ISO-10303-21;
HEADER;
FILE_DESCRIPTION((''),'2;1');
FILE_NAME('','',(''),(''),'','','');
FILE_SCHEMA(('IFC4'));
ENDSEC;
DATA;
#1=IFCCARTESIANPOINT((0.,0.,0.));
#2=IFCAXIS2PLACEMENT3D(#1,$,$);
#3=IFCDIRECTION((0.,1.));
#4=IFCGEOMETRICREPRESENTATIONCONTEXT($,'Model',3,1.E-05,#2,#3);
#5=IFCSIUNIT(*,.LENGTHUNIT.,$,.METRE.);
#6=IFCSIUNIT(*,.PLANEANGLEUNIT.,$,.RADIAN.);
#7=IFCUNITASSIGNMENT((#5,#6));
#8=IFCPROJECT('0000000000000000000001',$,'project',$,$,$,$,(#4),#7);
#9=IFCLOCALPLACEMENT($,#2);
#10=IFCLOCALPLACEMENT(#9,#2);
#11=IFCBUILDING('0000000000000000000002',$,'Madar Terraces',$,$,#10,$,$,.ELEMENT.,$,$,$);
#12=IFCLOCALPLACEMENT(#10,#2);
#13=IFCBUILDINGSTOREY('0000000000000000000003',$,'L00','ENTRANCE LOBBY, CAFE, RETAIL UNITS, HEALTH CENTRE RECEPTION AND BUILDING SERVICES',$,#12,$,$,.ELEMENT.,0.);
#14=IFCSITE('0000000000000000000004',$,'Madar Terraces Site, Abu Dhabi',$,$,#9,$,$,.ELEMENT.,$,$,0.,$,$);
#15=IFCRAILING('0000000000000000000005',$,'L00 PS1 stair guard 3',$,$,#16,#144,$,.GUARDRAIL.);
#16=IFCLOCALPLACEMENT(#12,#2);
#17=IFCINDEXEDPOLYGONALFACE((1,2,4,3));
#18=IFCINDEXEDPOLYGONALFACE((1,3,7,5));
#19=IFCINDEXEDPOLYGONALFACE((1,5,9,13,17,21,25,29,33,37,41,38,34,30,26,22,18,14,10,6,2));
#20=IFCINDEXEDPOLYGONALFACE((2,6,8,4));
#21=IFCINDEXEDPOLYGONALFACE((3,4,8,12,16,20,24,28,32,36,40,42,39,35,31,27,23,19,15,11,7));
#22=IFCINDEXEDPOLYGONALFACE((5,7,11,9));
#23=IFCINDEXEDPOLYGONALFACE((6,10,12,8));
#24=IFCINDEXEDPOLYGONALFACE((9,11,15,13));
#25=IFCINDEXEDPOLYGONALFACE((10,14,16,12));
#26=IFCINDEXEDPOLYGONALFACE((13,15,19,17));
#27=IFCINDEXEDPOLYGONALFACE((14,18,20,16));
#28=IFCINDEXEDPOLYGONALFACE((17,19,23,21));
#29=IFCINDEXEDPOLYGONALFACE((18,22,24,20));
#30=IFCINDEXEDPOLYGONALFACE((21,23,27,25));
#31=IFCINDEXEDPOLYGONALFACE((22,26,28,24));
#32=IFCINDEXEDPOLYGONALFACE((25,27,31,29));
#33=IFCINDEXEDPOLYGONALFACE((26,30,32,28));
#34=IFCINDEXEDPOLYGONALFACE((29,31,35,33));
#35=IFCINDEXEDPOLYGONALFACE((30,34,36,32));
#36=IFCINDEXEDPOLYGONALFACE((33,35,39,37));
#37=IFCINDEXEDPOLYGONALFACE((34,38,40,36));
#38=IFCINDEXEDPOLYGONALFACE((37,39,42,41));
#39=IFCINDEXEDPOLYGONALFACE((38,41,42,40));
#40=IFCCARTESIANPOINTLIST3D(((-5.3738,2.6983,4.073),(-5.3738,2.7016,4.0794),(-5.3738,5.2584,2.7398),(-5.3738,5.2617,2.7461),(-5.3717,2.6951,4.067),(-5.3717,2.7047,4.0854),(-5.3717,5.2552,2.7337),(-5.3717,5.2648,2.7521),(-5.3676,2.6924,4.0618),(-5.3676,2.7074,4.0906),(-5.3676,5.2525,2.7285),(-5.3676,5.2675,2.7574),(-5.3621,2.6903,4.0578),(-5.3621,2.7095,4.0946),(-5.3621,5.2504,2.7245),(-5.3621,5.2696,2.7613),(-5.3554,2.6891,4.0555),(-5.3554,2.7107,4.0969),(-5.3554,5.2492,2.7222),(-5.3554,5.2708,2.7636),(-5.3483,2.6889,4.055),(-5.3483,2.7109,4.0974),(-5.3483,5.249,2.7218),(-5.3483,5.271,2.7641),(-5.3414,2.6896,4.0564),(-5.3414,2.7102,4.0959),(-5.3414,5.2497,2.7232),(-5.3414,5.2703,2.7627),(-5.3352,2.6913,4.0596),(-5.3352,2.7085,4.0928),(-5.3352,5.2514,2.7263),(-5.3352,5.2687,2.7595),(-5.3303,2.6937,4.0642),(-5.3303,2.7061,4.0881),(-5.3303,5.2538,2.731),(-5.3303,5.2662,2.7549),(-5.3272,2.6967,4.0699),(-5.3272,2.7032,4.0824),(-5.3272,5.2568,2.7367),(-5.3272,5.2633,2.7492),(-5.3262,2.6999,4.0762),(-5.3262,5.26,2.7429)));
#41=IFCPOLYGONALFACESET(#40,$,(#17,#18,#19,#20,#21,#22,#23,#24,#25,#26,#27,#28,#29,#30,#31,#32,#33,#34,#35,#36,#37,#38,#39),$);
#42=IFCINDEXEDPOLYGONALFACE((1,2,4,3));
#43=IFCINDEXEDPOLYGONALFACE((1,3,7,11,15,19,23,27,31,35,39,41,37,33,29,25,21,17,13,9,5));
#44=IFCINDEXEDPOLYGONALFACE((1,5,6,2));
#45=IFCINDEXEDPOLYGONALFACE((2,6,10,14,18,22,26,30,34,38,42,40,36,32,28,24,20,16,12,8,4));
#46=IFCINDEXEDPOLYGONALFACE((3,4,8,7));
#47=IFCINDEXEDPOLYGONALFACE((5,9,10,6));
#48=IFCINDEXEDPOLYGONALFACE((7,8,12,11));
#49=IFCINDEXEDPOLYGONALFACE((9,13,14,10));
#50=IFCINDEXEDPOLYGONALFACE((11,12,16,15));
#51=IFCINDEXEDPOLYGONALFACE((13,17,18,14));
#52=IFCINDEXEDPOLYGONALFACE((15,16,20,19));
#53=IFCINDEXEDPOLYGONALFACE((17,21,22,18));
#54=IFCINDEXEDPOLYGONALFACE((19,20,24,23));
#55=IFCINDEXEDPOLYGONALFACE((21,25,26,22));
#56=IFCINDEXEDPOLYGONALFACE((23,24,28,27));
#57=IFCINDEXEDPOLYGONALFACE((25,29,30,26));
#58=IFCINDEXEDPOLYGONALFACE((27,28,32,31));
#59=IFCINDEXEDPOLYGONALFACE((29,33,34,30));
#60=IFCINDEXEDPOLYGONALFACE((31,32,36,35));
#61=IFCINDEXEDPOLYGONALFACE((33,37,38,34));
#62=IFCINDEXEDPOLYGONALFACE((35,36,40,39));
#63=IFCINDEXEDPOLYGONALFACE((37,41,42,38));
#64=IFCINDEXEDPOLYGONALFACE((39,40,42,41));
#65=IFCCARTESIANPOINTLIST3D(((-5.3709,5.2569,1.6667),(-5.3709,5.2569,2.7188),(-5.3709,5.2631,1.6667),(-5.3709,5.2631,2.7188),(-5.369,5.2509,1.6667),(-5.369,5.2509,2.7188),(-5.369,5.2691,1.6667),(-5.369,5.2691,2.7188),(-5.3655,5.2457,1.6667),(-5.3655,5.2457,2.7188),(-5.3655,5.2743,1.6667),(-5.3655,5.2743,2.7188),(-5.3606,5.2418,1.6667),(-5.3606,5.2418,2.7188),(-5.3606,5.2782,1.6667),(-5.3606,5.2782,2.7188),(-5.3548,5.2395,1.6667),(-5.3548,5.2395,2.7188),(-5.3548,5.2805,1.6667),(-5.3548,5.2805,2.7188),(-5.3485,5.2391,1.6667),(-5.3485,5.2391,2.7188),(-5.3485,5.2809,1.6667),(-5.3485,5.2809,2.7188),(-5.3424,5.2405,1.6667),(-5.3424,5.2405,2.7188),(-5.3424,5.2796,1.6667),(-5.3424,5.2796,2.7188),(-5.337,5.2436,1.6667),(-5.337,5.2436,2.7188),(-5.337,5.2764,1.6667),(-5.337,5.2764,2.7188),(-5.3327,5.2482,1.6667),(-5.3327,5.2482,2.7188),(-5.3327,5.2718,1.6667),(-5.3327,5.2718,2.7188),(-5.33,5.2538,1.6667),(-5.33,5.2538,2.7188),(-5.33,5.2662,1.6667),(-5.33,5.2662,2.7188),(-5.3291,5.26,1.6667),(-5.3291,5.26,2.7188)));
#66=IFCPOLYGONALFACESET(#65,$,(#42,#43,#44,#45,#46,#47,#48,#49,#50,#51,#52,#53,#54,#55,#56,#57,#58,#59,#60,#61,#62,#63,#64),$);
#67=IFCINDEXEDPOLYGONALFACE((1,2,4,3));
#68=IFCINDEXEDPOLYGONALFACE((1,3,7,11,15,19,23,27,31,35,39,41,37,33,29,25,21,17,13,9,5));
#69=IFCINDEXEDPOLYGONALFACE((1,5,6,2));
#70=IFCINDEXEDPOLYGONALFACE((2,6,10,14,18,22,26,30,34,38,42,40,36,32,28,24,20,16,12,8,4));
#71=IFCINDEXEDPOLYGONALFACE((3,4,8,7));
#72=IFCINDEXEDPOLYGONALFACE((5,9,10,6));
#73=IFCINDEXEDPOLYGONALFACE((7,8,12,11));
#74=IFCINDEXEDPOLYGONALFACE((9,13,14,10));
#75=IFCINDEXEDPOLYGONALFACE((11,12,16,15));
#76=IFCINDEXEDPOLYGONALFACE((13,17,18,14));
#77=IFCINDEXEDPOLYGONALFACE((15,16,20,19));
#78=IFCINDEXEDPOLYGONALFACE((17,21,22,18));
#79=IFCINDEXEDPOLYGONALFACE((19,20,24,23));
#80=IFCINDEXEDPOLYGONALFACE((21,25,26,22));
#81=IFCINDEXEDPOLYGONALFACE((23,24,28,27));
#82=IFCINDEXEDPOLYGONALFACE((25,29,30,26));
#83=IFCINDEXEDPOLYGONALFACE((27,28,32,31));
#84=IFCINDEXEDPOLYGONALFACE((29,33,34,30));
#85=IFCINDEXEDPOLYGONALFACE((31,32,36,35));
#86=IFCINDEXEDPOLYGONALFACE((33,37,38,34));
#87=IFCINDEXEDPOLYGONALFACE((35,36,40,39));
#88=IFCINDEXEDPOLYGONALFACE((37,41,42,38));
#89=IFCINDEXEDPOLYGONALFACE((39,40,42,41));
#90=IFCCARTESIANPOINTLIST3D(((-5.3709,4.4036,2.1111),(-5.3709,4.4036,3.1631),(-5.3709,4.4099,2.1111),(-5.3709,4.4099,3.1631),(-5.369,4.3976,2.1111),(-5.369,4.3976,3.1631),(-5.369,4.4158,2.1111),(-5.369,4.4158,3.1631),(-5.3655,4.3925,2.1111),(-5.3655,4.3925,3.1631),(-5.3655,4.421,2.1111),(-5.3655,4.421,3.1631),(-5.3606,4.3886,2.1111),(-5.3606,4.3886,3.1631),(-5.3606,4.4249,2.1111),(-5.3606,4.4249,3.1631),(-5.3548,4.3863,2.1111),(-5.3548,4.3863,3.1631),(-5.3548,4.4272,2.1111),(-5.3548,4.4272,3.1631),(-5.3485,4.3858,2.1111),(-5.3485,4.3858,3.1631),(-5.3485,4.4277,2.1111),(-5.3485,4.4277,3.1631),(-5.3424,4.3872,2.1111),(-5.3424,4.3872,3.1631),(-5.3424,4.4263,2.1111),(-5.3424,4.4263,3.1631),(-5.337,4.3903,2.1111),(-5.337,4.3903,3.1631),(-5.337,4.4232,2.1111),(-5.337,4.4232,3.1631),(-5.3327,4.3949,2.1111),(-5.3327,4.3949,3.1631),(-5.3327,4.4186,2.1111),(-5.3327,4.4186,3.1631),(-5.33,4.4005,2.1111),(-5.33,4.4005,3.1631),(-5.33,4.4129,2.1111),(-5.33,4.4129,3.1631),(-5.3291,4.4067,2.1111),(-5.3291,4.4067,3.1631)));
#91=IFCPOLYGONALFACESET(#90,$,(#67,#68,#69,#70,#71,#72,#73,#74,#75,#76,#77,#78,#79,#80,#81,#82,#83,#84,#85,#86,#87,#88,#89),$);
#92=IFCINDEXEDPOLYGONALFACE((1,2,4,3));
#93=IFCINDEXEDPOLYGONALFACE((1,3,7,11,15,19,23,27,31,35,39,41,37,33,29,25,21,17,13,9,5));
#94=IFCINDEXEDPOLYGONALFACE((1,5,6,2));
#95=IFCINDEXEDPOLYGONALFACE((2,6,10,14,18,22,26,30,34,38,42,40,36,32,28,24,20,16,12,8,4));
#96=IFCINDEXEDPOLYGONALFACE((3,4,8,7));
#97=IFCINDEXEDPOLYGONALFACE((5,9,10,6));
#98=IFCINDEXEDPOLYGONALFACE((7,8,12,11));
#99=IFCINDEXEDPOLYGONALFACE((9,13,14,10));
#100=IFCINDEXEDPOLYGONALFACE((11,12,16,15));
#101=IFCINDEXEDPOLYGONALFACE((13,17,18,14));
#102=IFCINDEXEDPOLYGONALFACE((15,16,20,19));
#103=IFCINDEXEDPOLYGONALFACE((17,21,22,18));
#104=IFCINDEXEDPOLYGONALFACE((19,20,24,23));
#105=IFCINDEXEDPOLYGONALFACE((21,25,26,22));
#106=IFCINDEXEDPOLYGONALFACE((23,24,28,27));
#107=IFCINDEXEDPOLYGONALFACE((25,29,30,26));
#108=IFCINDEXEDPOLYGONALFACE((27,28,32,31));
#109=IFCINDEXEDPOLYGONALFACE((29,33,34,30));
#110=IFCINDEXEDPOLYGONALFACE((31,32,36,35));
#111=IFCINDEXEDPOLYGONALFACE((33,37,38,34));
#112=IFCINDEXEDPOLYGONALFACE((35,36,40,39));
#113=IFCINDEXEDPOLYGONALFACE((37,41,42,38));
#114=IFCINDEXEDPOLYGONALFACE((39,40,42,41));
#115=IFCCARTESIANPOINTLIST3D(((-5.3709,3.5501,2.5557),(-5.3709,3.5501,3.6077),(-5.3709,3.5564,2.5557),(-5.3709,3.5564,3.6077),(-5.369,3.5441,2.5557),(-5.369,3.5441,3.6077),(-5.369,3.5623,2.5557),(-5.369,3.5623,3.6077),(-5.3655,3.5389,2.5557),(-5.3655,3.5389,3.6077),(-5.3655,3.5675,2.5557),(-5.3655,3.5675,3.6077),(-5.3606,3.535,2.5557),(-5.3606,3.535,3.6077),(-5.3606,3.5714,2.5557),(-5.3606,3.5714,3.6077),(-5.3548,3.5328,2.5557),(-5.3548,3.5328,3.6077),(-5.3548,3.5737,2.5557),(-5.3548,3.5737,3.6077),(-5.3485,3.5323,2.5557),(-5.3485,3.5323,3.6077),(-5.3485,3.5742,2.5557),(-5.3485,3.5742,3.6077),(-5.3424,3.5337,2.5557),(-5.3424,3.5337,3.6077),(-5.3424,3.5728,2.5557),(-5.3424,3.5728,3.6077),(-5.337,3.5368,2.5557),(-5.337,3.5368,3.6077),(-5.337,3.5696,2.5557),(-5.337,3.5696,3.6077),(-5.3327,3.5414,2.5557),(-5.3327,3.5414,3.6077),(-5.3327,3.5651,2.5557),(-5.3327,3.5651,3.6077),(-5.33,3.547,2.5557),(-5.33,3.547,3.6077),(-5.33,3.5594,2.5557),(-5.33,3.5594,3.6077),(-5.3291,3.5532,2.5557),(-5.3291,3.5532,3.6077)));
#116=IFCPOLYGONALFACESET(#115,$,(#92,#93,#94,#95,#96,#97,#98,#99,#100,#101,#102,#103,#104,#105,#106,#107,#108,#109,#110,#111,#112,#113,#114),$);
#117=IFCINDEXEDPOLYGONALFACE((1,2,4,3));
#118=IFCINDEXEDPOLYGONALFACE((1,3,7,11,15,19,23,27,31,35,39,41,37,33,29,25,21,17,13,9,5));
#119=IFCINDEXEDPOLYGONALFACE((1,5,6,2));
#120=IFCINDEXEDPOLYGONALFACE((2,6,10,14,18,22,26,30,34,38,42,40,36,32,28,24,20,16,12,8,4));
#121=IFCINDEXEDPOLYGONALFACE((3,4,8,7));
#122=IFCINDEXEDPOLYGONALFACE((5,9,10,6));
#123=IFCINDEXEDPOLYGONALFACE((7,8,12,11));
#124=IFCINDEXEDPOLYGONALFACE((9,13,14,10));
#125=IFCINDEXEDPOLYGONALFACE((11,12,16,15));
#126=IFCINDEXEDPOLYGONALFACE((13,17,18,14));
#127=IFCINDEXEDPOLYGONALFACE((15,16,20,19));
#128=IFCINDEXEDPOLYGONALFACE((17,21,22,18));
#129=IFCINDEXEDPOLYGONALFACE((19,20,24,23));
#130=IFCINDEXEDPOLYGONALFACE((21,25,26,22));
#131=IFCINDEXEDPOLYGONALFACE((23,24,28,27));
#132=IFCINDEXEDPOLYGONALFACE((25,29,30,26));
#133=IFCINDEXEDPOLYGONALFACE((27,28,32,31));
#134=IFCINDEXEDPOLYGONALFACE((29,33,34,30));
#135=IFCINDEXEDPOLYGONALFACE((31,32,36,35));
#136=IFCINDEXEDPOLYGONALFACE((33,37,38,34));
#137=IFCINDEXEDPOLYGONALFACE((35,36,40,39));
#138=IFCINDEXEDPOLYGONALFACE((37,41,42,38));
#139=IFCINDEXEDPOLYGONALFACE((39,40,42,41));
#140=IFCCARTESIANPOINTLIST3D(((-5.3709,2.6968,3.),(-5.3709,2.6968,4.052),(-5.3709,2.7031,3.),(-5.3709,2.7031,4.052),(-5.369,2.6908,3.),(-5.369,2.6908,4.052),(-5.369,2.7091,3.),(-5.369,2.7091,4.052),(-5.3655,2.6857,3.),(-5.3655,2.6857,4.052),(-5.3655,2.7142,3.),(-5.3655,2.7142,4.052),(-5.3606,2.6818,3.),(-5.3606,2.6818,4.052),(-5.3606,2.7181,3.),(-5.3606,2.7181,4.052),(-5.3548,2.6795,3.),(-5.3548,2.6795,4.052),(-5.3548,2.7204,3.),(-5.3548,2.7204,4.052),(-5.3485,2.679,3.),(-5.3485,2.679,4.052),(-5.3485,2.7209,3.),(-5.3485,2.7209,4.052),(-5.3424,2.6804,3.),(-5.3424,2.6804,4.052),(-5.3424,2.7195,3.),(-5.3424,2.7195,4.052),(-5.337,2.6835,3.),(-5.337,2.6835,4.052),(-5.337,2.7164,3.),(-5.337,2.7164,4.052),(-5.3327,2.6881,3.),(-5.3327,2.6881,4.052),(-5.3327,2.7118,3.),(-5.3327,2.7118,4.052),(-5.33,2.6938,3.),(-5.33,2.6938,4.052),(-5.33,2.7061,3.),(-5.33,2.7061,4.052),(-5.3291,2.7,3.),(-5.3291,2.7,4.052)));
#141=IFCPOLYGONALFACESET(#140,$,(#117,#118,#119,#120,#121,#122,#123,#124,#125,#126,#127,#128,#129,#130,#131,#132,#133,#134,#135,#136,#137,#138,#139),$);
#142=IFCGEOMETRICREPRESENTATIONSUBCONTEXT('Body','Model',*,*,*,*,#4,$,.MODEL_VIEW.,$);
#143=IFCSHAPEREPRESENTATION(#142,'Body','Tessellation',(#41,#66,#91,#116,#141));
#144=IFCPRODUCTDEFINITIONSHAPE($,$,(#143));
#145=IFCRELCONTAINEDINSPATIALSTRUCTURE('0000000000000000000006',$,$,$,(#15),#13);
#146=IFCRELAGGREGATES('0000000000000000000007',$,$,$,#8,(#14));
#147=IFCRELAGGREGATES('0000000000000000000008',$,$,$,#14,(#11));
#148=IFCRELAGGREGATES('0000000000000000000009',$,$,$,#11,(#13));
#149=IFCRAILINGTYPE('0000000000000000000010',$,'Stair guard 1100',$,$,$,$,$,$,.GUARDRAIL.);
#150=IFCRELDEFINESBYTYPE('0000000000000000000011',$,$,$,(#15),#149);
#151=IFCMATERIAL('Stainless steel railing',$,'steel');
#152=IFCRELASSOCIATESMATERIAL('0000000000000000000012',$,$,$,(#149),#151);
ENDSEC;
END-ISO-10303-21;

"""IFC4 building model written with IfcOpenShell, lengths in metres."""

from ifc_helpers import new_model, si_unit, direction, frame, origin, origin_2d, place, context, subcontext, project, spatial, circle, extrude, material, type_object, element, save


model = new_model("IFC4")

# Units and contexts
model_context = context("Model", 3, precision=1e-05, world=origin(), true_north=direction((0.0, 1.0)))
body_context = subcontext(model_context, "Body", "Model", "MODEL_VIEW")
ifc_project = project(units=[si_unit("LENGTHUNIT", "METRE"), si_unit("PLANEANGLEUNIT", "RADIAN")], contexts=[model_context])

# Site, building, storey
site_placement = place(None, origin())
site = spatial("IfcSite", under=ifc_project, at=site_placement, Name="Madar Terraces Site, Abu Dhabi", CompositionType="ELEMENT", RefElevation=0.0)
building_placement = place(site_placement, origin())
building = spatial("IfcBuilding", under=site, at=building_placement, Name="Madar Terraces", CompositionType="ELEMENT")
storey_placement = place(building_placement, origin())
storey = spatial("IfcBuildingStorey", under=building, at=storey_placement, Name="L00", Description="ENTRANCE LOBBY, CAFE, RETAIL UNITS, HEALTH CENTRE RECEPTION AND BUILDING SERVICES", CompositionType="ELEMENT", Elevation=0.0)

# Railing
ifc_material_1 = material(Name="Stainless steel railing", Category="steel")
railing_type_1 = type_object("IfcRailingType", Name="Stair guard 1100", PredefinedType="GUARDRAIL", material=ifc_material_1)
railing_1_placement = place(storey_placement, frame((-5.3501, 5.26, 1.6667)))
element("IfcRailing", 1, at=railing_1_placement, inside=storey, type_object=railing_type_1, Name="L00 PS1 stair guard 3", PredefinedType="GUARDRAIL", context=body_context, shape_type="SweptSolid", body=[
    extrude(circle(Radius=0.0239, at=origin_2d()), frame((0.0, 0.0, 1.0762), z_axis=(0.0, -0.88693, 0.461904), x_axis=(1.0, 0.0, 0.0)), (0.0, 0.0, 1.0), 2.8865),
    extrude(circle(Radius=0.021, at=origin_2d()), origin(), (0.0, 0.0, 1.0), 1.052),
    extrude(circle(Radius=0.021, at=origin_2d()), frame((0.0, -0.8533, 0.4443)), (0.0, 0.0, 1.0), 1.052),
    extrude(circle(Radius=0.021, at=origin_2d()), frame((0.0, -1.7068, 0.8889)), (0.0, 0.0, 1.0), 1.052),
    extrude(circle(Radius=0.021, at=origin_2d()), frame((0.0, -2.5601, 1.3333)), (0.0, 0.0, 1.0), 1.052),
])

save(model, "model.ifc")
